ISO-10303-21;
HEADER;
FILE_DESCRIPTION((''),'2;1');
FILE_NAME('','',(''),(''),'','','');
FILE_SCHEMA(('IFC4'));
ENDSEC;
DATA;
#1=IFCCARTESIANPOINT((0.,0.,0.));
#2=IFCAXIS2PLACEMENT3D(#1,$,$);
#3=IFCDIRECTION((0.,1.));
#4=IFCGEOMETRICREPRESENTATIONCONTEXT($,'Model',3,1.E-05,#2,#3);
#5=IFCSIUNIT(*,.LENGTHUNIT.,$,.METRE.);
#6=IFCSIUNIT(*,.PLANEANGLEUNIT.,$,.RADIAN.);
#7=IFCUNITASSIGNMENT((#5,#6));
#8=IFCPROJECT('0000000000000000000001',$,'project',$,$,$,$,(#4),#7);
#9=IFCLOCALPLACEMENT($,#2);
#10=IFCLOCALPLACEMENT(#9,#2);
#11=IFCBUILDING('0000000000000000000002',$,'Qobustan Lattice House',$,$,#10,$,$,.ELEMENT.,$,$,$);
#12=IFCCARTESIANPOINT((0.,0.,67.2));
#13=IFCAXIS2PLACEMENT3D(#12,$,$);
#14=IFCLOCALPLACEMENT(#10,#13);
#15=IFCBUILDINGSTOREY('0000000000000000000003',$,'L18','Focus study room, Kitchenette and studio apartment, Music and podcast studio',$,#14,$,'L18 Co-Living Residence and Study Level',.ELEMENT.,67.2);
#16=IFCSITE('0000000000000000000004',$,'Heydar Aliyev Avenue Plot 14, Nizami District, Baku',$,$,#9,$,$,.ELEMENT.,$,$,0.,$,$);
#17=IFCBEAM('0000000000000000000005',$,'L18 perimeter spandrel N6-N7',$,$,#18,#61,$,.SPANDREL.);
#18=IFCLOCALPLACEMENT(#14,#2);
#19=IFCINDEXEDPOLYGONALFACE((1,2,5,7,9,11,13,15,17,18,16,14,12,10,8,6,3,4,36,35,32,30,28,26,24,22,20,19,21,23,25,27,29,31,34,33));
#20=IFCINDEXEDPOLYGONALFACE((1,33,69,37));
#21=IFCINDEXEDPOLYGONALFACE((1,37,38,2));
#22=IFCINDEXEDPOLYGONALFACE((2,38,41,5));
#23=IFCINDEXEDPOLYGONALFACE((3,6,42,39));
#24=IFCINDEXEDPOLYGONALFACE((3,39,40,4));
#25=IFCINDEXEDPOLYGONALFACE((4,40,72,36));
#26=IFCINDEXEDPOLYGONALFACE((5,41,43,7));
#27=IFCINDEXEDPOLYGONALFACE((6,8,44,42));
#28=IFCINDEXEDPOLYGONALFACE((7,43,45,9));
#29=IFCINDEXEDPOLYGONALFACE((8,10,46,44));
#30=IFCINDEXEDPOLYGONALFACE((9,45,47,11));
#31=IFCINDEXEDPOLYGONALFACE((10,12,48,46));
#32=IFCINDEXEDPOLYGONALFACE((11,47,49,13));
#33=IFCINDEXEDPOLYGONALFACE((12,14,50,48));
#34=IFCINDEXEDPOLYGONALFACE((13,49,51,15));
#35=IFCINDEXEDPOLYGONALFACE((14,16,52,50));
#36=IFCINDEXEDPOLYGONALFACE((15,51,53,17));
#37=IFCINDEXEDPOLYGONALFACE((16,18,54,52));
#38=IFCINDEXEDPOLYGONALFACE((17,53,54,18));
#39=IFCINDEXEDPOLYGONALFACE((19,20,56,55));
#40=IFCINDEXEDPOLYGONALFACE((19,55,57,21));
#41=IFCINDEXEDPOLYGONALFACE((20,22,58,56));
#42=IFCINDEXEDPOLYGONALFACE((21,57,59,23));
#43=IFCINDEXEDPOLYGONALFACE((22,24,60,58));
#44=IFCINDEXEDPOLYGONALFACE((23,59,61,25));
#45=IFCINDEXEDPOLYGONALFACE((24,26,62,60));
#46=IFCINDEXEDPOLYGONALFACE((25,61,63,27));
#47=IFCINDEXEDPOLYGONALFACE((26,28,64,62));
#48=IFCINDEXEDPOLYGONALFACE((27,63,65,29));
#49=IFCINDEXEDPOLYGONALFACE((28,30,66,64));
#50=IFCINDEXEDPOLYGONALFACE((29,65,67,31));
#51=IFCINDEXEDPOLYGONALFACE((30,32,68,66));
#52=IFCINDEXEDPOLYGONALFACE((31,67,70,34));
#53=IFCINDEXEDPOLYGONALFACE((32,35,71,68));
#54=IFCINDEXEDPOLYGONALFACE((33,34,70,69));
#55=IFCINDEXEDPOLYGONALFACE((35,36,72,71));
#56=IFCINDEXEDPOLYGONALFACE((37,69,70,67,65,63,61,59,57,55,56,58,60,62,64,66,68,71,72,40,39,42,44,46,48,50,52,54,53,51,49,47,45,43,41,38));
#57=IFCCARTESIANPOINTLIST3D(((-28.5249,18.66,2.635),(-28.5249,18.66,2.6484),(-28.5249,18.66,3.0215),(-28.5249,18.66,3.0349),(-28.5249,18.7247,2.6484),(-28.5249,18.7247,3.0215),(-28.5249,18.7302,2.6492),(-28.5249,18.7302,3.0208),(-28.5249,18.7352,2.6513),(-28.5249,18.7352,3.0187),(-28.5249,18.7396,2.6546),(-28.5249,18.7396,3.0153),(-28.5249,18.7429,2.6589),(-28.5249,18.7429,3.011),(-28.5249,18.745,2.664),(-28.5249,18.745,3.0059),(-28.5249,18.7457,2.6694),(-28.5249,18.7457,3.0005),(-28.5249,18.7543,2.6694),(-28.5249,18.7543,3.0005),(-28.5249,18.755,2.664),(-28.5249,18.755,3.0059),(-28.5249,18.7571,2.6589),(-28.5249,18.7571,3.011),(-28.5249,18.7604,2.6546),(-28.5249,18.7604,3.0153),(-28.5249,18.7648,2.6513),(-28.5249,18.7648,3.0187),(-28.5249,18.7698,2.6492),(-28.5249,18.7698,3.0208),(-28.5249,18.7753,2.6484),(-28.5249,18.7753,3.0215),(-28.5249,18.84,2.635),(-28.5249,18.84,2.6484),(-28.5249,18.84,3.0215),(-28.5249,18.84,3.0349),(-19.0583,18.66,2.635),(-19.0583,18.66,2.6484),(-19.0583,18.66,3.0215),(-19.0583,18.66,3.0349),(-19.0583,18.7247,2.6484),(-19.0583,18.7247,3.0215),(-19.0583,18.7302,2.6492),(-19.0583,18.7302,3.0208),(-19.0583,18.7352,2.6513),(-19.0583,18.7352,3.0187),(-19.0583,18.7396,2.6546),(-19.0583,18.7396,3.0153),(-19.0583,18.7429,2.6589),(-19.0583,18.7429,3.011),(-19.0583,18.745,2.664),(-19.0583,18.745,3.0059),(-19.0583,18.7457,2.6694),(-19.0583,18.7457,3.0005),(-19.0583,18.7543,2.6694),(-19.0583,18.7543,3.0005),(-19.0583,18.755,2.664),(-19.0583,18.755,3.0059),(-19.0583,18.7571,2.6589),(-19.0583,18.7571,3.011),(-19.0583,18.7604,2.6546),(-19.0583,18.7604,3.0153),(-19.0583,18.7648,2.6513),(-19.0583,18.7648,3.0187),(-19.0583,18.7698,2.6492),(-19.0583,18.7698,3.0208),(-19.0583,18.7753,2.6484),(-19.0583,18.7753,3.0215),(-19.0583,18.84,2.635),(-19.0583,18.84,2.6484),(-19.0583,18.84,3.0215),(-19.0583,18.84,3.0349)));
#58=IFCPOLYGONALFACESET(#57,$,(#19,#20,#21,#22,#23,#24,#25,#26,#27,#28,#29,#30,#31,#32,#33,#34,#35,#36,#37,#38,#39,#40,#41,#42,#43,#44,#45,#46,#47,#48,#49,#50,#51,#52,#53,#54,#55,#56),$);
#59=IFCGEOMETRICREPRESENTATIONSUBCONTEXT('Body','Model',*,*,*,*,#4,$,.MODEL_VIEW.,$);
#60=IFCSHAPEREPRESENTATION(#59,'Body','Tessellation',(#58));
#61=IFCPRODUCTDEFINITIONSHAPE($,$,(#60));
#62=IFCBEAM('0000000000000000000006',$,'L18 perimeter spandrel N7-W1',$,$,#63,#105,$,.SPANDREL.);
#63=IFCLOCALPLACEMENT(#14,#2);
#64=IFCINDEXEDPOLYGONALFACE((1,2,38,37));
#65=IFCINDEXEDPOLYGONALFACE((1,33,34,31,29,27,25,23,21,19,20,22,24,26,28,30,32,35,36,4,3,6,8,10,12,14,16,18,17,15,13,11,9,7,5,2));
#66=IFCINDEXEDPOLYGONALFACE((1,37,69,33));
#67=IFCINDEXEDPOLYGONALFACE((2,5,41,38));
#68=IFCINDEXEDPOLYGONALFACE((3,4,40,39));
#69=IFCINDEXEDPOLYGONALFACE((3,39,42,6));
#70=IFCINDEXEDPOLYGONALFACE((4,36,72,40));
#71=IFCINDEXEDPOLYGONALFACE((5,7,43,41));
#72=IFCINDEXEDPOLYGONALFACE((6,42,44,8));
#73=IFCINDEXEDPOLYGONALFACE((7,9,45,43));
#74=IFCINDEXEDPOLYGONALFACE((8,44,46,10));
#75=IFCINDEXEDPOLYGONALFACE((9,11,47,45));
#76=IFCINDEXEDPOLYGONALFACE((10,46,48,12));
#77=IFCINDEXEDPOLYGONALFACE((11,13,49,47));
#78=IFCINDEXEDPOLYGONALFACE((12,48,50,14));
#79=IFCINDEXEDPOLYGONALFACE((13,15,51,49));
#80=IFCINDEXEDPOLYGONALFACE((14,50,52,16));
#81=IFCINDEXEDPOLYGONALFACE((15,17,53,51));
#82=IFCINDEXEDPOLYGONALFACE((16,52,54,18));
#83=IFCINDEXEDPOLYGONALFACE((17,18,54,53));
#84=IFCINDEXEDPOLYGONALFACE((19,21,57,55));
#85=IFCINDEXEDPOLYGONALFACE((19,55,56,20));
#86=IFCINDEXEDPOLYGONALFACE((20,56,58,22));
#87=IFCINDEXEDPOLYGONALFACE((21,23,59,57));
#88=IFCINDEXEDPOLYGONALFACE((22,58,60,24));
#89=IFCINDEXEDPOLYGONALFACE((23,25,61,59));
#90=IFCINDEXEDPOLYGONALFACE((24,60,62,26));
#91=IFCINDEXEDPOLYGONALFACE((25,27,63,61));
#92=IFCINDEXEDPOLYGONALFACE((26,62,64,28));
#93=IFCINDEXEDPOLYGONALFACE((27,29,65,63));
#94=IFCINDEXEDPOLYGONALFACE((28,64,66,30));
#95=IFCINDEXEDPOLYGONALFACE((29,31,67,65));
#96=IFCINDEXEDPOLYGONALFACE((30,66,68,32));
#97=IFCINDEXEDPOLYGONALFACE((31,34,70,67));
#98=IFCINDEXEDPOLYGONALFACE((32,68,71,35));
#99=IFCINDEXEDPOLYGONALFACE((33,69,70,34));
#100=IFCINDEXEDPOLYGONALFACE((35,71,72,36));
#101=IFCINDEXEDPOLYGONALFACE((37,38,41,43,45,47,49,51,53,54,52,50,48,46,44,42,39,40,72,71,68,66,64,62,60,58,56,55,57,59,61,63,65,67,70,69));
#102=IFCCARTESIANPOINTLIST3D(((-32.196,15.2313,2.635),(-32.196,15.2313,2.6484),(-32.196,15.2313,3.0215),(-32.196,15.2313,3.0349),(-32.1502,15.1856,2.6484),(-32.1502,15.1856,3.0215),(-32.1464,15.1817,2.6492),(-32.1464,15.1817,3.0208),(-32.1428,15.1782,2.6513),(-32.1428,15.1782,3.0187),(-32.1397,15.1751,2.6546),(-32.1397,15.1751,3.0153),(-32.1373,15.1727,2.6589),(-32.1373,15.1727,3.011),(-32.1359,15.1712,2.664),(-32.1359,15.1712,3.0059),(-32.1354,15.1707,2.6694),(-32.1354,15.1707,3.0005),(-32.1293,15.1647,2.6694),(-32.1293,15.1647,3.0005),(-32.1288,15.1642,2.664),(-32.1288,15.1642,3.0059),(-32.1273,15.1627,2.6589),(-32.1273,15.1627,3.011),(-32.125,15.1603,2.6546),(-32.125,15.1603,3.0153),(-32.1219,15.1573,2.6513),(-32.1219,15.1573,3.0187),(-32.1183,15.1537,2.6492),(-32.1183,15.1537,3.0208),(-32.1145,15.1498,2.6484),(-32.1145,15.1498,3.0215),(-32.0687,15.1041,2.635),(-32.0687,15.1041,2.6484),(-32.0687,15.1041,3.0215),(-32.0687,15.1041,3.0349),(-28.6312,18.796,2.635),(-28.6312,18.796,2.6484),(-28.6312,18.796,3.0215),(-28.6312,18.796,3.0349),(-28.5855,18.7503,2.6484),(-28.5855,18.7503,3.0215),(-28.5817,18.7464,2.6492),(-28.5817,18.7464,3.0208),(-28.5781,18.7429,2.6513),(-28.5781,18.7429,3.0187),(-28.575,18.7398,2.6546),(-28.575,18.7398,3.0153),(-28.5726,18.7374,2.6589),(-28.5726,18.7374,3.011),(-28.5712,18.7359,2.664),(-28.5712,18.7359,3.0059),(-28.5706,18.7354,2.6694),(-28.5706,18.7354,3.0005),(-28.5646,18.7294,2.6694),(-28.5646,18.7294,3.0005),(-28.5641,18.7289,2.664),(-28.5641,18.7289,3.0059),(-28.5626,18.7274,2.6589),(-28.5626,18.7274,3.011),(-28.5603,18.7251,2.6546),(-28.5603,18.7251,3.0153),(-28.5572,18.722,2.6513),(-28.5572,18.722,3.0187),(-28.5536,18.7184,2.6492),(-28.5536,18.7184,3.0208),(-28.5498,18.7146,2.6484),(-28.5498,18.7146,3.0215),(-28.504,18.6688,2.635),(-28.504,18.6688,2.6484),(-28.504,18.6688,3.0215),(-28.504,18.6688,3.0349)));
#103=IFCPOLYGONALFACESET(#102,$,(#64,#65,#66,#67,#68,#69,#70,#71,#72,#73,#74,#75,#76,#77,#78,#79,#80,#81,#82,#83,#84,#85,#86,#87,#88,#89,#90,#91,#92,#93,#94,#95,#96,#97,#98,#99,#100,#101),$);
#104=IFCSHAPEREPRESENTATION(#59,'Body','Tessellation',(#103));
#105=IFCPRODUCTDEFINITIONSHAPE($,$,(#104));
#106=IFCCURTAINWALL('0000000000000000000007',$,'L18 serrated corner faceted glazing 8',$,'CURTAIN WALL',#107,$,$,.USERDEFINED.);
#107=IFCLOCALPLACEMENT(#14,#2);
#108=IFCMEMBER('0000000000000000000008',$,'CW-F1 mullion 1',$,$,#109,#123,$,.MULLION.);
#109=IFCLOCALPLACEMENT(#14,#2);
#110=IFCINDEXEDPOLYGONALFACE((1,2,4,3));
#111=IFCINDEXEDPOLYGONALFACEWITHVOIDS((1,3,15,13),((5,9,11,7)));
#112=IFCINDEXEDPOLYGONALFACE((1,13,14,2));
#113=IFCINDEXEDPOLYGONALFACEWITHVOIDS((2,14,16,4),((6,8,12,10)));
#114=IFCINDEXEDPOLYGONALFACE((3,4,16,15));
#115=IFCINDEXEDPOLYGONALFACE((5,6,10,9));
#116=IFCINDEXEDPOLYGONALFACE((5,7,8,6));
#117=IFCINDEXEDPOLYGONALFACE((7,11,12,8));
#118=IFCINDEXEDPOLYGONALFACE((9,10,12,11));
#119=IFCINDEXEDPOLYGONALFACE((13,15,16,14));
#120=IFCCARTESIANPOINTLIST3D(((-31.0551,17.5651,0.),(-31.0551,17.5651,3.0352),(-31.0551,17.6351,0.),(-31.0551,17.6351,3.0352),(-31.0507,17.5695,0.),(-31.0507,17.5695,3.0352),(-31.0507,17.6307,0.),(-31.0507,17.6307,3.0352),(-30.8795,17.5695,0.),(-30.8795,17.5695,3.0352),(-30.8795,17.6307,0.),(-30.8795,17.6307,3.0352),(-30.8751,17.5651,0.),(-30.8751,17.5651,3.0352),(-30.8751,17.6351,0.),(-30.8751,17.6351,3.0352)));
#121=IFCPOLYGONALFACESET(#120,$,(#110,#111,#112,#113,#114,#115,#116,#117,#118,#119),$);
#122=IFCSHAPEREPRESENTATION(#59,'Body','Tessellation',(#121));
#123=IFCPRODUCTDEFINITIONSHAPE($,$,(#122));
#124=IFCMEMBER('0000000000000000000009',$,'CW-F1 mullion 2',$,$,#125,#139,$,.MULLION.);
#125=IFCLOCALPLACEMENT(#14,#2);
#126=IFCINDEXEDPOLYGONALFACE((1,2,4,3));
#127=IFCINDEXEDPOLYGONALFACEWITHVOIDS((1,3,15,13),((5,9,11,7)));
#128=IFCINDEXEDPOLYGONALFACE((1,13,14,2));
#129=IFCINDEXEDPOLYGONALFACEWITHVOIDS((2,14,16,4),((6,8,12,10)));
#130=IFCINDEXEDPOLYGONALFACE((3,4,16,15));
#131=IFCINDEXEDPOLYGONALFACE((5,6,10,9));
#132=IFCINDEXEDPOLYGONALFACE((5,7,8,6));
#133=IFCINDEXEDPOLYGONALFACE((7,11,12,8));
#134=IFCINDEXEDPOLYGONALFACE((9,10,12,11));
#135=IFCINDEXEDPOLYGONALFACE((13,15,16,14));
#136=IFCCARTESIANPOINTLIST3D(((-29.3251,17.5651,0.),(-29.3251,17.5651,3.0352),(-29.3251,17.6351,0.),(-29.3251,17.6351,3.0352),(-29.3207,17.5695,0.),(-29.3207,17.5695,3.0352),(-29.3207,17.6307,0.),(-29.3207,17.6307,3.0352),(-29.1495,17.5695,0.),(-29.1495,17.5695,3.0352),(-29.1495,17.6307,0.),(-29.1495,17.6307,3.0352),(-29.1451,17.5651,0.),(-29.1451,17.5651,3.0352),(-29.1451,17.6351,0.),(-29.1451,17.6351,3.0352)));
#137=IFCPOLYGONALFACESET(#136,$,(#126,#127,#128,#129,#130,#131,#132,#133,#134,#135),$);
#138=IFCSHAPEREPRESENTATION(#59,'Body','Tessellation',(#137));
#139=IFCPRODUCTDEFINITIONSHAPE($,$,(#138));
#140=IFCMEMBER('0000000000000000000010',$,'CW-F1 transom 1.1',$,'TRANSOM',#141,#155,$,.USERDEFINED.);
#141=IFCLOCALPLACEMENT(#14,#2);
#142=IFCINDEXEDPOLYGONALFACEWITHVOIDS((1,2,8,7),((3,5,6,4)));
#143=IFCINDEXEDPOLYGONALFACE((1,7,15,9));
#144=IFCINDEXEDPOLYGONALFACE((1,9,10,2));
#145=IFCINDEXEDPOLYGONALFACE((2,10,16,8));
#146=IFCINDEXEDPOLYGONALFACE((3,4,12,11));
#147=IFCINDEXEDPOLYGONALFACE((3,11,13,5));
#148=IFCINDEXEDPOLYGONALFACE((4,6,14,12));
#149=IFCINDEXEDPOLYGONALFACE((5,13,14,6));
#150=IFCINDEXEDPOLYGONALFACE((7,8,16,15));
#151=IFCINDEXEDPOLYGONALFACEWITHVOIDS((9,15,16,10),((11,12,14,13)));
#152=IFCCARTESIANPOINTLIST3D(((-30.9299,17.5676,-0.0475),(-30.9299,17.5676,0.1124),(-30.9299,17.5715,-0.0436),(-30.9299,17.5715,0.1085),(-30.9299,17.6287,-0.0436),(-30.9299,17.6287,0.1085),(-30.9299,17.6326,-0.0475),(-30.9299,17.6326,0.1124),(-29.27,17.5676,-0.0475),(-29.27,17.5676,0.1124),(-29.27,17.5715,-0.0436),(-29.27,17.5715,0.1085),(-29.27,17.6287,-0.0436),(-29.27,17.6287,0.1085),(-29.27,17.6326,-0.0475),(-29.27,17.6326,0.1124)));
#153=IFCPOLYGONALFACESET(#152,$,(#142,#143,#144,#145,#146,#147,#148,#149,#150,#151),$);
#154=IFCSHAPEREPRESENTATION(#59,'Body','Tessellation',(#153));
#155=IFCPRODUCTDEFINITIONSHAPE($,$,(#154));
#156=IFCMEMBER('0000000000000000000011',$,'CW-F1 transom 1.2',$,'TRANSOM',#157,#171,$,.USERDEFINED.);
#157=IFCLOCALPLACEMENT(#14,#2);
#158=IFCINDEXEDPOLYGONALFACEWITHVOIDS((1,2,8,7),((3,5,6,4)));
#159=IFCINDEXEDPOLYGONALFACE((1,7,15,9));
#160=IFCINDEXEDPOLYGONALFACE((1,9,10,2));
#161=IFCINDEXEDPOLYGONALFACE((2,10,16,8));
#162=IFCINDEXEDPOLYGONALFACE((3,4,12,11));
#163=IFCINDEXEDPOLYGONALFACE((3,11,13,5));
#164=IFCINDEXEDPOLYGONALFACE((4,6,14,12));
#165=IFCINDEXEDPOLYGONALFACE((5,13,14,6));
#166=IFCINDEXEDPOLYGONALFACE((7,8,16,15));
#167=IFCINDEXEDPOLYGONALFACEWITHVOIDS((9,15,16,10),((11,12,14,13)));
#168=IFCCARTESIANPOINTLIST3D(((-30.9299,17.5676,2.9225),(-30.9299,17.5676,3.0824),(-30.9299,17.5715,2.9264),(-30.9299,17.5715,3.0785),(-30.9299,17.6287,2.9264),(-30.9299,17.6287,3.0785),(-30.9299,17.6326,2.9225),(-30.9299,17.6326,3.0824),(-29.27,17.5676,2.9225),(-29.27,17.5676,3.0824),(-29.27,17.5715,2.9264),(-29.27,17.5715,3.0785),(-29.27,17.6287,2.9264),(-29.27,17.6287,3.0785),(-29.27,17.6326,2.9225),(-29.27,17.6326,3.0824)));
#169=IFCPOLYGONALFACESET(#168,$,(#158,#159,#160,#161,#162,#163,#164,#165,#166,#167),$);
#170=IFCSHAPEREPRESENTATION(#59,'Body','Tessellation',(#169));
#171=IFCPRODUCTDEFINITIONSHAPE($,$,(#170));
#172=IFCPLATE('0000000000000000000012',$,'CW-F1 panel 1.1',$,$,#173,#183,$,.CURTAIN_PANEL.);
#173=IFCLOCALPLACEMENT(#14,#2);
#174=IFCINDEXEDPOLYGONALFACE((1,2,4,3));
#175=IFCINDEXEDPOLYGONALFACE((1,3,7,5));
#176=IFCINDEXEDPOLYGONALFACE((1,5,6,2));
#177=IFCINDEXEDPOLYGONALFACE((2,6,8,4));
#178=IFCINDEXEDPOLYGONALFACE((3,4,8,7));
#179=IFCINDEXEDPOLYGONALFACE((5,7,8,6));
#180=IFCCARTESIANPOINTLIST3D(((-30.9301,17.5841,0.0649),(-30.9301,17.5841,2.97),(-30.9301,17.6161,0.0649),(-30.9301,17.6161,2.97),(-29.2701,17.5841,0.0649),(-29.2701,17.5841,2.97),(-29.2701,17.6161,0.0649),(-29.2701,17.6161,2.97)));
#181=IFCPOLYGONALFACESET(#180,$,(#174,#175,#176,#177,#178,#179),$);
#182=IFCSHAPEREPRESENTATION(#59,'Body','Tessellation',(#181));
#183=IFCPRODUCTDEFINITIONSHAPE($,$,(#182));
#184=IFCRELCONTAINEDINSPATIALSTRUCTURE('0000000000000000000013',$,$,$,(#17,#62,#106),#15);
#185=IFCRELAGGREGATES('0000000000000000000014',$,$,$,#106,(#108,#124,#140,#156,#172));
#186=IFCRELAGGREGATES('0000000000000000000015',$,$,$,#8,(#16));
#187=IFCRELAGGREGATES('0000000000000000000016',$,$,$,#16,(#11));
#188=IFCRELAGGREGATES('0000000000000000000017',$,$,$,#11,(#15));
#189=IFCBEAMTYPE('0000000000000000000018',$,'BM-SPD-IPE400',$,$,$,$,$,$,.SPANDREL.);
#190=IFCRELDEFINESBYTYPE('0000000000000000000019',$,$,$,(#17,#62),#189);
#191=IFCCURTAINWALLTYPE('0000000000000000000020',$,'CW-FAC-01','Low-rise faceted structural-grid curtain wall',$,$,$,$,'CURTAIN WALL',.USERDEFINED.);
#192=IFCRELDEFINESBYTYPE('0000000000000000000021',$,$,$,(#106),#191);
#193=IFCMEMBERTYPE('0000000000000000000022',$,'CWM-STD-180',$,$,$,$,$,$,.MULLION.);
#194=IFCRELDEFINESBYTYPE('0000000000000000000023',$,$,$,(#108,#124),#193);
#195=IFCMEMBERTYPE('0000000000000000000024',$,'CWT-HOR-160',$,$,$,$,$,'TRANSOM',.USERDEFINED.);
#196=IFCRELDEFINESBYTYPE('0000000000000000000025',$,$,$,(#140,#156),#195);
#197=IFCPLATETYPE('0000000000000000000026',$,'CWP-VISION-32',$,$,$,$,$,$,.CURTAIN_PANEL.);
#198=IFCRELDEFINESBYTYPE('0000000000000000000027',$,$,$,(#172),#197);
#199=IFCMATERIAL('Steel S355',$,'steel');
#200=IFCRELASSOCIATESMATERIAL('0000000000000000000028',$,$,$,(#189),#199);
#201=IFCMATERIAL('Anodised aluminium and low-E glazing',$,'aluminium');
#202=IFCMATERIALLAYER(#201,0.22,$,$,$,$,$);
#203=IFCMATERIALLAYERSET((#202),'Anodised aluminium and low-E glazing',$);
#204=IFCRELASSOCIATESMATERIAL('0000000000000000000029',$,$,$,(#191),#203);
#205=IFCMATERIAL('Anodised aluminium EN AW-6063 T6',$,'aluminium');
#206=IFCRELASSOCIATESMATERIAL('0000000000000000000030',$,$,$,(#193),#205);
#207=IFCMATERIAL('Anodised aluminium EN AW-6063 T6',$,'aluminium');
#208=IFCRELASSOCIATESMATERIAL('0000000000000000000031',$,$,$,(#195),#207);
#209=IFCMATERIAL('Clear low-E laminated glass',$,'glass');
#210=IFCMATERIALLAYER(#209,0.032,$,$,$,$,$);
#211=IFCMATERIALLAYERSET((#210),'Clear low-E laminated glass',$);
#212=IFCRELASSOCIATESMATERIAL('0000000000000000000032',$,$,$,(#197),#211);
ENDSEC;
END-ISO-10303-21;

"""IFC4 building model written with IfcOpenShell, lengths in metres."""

from ifc_helpers import new_model, si_unit, direction, frame, origin, origin_2d, place, context, subcontext, project, spatial, rectangle, hollow_rectangle, i_section, extrude, material, layer, layer_set, material_profile, profile_set, type_object, element, aggregate, save


model = new_model("IFC4")

# Units and contexts
model_context = context("Model", 3, precision=1e-05, world=origin(), true_north=direction((0.0, 1.0)))
body_context = subcontext(model_context, "Body", "Model", "MODEL_VIEW")
ifc_project = project(units=[si_unit("LENGTHUNIT", "METRE"), si_unit("PLANEANGLEUNIT", "RADIAN")], contexts=[model_context])

# Site, building, storey
site_placement = place(None, origin())
site = spatial("IfcSite", under=ifc_project, at=site_placement, Name="Heydar Aliyev Avenue Plot 14, Nizami District, Baku", CompositionType="ELEMENT", RefElevation=0.0)
building_placement = place(site_placement, origin())
building = spatial("IfcBuilding", under=site, at=building_placement, Name="Qobustan Lattice House", CompositionType="ELEMENT")
storey_placement = place(building_placement, frame((0.0, 0.0, 67.2)))
storey = spatial("IfcBuildingStorey", under=building, at=storey_placement, Name="L18", Description="Focus study room, Kitchenette and studio apartment, Music and podcast studio", LongName="L18 Co-Living Residence and Study Level", CompositionType="ELEMENT", Elevation=67.2)

# Beams
ifc_material_1 = material(Name="Steel S355", Category="steel")
ifc_material_profile_1 = material_profile(ifc_material_1, i_section(OverallWidth=0.1799, OverallDepth=0.3999, WebThickness=0.0085, FlangeThickness=0.0134, FilletRadius=0.021, at=origin_2d()), Name="IPE400")
ifc_profile_set_1 = profile_set([ifc_material_profile_1], Name="Steel S355")
beam_type_1 = type_object("IfcBeamType", Name="BM-SPD-IPE400", PredefinedType="SPANDREL", material=ifc_profile_set_1)
beam_1_placement = place(storey_placement, frame((-19.0583, 18.75, 2.835), z_axis=(-1.0, 0.0, 0.0), x_axis=(0.0, -1.0, 0.0)))
element("IfcBeam", 1, at=beam_1_placement, inside=storey, type_object=beam_type_1, Name="L18 perimeter spandrel N6-N7", PredefinedType="SPANDREL", context=body_context, shape_type="SweptSolid", body=[
    extrude(i_section(OverallWidth=0.1799, OverallDepth=0.3999, WebThickness=0.0085, FlangeThickness=0.0134, FilletRadius=0.021, at=origin_2d()), origin(), (0.0, 0.0, 1.0), 9.4666),
])
beam_2_placement = place(storey_placement, frame((-28.5676, 18.7324, 2.835), z_axis=(-0.707107, -0.707107, 0.0), x_axis=(0.707107, -0.707107, 0.0)))
element("IfcBeam", 2, at=beam_2_placement, inside=storey, type_object=beam_type_1, Name="L18 perimeter spandrel N7-W1", PredefinedType="SPANDREL", context=body_context, shape_type="SweptSolid", body=[
    extrude(i_section(OverallWidth=0.1799, OverallDepth=0.3999, WebThickness=0.0085, FlangeThickness=0.0134, FilletRadius=0.021, at=origin_2d()), origin(), (0.0, 0.0, 1.0), 5.0413),
])

# Curtain wall, members, plate
ifc_material_2 = material(Name="Anodised aluminium and low-E glazing", Category="aluminium")
ifc_layer_1 = layer(ifc_material_2, 0.22)
ifc_layer_set_1 = layer_set([ifc_layer_1], Name="Anodised aluminium and low-E glazing")
curtain_wall_type = type_object("IfcCurtainWallType", Name="CW-FAC-01", Description="Low-rise faceted structural-grid curtain wall", ElementType="CURTAIN WALL", PredefinedType="USERDEFINED", material=ifc_layer_set_1)
curtain_wall_placement = place(storey_placement, origin())
curtain_wall = element("IfcCurtainWall", 3, at=curtain_wall_placement, inside=storey, type_object=curtain_wall_type, Name="L18 serrated corner faceted glazing 8", ObjectType="CURTAIN WALL", PredefinedType="USERDEFINED")
ifc_material_3 = material(Name="Anodised aluminium EN AW-6063 T6", Category="aluminium")
ifc_material_profile_2 = material_profile(ifc_material_3, hollow_rectangle(XDim=0.0701, YDim=0.1799, WallThickness=0.0044, at=origin_2d()), Name="CWM-180x70")
ifc_profile_set_2 = profile_set([ifc_material_profile_2], Name="Anodised aluminium EN AW-6063 T6")
member_type_1 = type_object("IfcMemberType", Name="CWM-STD-180", PredefinedType="MULLION", material=ifc_profile_set_2)
member_1_placement = place(storey_placement, frame((-30.9651, 17.6001, 0.0), z_axis=(0.0, 0.0, 1.0), x_axis=(0.0, 1.0, 0.0)))
member_1 = element("IfcMember", 4, at=member_1_placement, type_object=member_type_1, Name="CW-F1 mullion 1", PredefinedType="MULLION", context=body_context, shape_type="SweptSolid", body=[
    extrude(hollow_rectangle(XDim=0.0701, YDim=0.1799, WallThickness=0.0044, at=origin_2d()), origin(), (0.0, 0.0, 1.0), 3.0352),
])
member_2_placement = place(storey_placement, frame((-29.2351, 17.6001, 0.0), z_axis=(0.0, 0.0, 1.0), x_axis=(0.0, 1.0, 0.0)))
member_2 = element("IfcMember", 5, at=member_2_placement, type_object=member_type_1, Name="CW-F1 mullion 2", PredefinedType="MULLION", context=body_context, shape_type="SweptSolid", body=[
    extrude(hollow_rectangle(XDim=0.0701, YDim=0.1799, WallThickness=0.0044, at=origin_2d()), origin(), (0.0, 0.0, 1.0), 3.0352),
])
ifc_material_4 = material(Name="Anodised aluminium EN AW-6063 T6", Category="aluminium")
ifc_material_profile_3 = material_profile(ifc_material_4, hollow_rectangle(XDim=0.0649, YDim=0.1599, WallThickness=0.0039, at=origin_2d()), Name="CWT-160x65")
ifc_profile_set_3 = profile_set([ifc_material_profile_3], Name="Anodised aluminium EN AW-6063 T6")
member_type_2 = type_object("IfcMemberType", Name="CWT-HOR-160", ElementType="TRANSOM", PredefinedType="USERDEFINED", material=ifc_profile_set_3)
member_3_placement = place(storey_placement, frame((-30.9299, 17.6001, 0.0325), z_axis=(1.0, 0.0, 0.0), x_axis=(0.0, 1.0, 0.0)))
member_3 = element("IfcMember", 6, at=member_3_placement, type_object=member_type_2, Name="CW-F1 transom 1.1", ObjectType="TRANSOM", PredefinedType="USERDEFINED", context=body_context, shape_type="SweptSolid", body=[
    extrude(hollow_rectangle(XDim=0.0649, YDim=0.1599, WallThickness=0.0039, at=origin_2d()), origin(), (0.0, 0.0, 1.0), 1.6599),
])
member_4_placement = place(storey_placement, frame((-30.9299, 17.6001, 3.0024), z_axis=(1.0, 0.0, 0.0), x_axis=(0.0, 1.0, 0.0)))
member_4 = element("IfcMember", 7, at=member_4_placement, type_object=member_type_2, Name="CW-F1 transom 1.2", ObjectType="TRANSOM", PredefinedType="USERDEFINED", context=body_context, shape_type="SweptSolid", body=[
    extrude(hollow_rectangle(XDim=0.0649, YDim=0.1599, WallThickness=0.0039, at=origin_2d()), origin(), (0.0, 0.0, 1.0), 1.6599),
])
ifc_material_5 = material(Name="Clear low-E laminated glass", Category="glass")
ifc_layer_2 = layer(ifc_material_5, 0.032)
ifc_layer_set_2 = layer_set([ifc_layer_2], Name="Clear low-E laminated glass")
plate_type_1 = type_object("IfcPlateType", Name="CWP-VISION-32", PredefinedType="CURTAIN_PANEL", material=ifc_layer_set_2)
plate_1_placement = place(storey_placement, frame((-30.1001, 17.6001, 0.0649), z_axis=(0.0, 0.0, 1.0), x_axis=(1.0, 0.0, 0.0)))
plate_1 = element("IfcPlate", 8, at=plate_1_placement, type_object=plate_type_1, Name="CW-F1 panel 1.1", PredefinedType="CURTAIN_PANEL", context=body_context, shape_type="SweptSolid", body=[
    extrude(rectangle(XDim=1.6599, YDim=0.032, at=origin_2d()), origin(), (0.0, 0.0, 1.0), 2.905),
])
aggregate(curtain_wall, [member_1, member_2, member_3, member_4, plate_1])

save(model, "model.ifc")
